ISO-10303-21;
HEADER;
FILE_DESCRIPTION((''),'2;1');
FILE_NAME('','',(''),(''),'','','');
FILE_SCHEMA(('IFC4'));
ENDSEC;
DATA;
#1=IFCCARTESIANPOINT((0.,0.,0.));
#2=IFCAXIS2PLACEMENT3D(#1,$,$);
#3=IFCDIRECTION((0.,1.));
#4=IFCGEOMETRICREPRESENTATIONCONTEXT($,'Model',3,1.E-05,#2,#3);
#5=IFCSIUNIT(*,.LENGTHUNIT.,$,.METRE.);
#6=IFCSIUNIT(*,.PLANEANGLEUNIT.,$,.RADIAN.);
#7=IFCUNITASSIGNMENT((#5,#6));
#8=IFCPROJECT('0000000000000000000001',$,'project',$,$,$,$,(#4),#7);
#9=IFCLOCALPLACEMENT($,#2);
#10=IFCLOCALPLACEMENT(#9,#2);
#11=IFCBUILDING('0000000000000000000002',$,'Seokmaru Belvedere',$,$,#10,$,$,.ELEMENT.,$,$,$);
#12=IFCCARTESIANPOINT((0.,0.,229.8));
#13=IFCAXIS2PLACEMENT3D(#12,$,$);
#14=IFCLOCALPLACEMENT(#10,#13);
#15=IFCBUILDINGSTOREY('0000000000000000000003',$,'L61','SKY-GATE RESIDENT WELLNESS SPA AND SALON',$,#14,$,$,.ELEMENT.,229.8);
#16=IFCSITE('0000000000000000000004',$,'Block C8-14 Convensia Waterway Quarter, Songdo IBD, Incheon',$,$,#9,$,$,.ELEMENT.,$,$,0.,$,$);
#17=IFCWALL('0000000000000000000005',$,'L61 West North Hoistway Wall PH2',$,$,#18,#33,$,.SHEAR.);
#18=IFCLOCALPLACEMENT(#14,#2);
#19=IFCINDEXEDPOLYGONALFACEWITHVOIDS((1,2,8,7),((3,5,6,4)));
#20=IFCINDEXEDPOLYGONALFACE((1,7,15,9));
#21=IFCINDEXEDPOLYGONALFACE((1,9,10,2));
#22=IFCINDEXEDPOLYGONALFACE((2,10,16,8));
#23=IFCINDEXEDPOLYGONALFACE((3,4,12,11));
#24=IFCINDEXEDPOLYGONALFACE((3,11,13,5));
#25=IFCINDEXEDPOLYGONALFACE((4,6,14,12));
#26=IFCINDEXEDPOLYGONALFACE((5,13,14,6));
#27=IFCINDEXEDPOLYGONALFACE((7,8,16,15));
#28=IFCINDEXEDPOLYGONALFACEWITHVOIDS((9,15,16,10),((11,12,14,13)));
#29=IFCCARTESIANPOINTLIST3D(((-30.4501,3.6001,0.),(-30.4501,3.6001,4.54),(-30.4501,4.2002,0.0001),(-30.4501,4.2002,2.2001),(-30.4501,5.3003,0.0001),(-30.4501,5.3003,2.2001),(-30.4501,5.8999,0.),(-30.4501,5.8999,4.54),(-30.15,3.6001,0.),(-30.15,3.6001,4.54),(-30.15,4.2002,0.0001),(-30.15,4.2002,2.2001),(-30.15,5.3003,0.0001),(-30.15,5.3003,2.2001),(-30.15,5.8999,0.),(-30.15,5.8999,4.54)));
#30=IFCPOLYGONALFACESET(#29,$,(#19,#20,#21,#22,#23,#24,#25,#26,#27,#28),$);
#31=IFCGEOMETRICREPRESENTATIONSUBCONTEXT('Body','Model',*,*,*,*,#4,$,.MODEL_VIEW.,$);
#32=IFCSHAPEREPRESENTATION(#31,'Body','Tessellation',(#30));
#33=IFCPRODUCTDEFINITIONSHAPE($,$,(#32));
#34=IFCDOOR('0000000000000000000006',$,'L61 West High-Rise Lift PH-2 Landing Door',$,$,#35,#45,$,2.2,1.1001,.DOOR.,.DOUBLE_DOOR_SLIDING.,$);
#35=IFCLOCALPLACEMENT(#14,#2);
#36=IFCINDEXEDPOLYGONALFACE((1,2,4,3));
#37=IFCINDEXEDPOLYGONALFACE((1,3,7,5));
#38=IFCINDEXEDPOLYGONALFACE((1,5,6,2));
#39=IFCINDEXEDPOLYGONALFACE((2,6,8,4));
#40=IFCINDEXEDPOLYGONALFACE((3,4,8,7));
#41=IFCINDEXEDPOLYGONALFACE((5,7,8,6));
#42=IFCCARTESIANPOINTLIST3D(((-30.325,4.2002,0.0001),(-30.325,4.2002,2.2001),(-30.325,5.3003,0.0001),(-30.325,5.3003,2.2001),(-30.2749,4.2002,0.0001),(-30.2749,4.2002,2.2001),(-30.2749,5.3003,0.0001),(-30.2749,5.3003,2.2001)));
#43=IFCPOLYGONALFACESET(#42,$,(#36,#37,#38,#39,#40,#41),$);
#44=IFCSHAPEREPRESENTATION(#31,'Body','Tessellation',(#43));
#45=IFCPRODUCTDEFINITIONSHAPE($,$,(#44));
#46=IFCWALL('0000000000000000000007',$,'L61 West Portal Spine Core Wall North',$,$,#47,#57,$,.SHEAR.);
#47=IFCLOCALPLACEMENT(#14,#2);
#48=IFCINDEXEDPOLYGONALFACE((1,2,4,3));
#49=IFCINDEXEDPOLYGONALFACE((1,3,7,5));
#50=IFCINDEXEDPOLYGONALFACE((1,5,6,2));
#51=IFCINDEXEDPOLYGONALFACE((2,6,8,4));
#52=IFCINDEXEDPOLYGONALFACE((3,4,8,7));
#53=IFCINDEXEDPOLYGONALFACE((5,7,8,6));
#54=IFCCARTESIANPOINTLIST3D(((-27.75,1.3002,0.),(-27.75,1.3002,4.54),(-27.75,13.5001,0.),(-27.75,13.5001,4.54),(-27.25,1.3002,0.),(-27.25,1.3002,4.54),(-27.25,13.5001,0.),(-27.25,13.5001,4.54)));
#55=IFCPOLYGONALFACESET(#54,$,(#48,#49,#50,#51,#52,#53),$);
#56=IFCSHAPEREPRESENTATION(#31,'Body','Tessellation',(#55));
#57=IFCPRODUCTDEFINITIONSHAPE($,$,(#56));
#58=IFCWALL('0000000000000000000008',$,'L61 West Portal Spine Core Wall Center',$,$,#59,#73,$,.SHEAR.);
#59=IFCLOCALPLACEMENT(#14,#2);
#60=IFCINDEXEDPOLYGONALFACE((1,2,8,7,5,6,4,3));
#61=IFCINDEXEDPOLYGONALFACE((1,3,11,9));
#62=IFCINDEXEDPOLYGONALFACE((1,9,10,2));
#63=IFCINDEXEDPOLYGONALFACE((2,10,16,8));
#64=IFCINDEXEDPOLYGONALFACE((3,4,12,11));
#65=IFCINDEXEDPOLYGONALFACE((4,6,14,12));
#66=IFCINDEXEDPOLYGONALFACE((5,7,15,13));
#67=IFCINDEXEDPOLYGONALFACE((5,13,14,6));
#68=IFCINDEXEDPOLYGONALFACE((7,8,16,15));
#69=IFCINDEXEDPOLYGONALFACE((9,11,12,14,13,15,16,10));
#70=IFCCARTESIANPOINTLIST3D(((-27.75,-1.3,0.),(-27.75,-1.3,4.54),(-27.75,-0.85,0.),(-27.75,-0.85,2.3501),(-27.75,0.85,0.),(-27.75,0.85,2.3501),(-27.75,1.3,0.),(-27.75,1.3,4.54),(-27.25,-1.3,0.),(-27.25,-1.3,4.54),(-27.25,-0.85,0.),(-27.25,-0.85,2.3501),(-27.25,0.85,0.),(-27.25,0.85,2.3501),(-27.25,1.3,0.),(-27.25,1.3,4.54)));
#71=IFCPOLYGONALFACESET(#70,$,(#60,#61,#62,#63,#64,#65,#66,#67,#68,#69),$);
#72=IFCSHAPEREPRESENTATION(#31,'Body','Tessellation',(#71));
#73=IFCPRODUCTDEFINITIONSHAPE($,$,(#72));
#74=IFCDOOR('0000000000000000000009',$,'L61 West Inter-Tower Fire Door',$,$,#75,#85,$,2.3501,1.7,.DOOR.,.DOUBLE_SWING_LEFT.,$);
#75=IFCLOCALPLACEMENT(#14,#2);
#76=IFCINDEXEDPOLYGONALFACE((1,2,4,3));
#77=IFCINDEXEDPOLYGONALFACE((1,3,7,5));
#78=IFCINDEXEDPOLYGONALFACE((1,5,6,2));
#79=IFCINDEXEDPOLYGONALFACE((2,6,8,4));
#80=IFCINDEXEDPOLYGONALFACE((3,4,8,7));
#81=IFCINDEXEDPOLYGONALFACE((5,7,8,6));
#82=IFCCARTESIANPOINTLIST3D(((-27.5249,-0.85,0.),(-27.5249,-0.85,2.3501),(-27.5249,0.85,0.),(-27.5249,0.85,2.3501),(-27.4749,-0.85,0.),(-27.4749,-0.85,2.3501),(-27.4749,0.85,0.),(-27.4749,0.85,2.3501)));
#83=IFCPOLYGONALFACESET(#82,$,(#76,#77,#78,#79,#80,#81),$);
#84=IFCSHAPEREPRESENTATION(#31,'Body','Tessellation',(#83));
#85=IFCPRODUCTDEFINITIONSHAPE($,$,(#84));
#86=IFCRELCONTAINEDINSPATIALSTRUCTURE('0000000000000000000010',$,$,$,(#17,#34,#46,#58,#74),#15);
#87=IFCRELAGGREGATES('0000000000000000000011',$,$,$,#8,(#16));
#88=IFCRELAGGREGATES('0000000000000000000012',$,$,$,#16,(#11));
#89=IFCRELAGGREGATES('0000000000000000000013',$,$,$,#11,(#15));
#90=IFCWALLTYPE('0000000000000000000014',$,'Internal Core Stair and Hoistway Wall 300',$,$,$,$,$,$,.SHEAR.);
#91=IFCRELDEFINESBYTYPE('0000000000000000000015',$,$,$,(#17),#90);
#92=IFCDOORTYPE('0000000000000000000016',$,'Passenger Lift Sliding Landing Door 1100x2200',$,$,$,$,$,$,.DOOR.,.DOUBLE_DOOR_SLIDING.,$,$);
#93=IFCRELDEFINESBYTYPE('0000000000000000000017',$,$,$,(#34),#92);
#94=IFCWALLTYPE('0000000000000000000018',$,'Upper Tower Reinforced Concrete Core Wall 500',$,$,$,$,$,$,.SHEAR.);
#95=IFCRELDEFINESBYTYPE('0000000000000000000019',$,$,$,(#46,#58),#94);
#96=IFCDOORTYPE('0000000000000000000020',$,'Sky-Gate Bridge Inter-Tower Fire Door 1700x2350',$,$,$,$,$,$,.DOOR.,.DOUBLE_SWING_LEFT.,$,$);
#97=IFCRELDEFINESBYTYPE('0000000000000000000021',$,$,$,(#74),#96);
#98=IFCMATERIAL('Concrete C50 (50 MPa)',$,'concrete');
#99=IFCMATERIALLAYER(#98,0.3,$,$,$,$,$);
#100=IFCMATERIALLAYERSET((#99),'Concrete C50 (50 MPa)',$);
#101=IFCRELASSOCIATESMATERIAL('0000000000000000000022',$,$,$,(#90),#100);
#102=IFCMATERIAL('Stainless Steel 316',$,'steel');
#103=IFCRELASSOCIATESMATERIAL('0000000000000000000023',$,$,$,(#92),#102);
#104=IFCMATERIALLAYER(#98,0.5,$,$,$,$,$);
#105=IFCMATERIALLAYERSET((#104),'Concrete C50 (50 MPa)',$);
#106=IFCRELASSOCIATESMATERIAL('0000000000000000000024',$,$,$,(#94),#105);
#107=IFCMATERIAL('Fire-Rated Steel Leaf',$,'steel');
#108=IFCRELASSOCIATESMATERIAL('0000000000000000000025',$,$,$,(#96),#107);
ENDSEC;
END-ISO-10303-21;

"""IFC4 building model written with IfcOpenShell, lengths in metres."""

from ifc_helpers import new_model, si_unit, direction, frame, frame_2d, origin, place, context, subcontext, project, spatial, rectangle, extrude, source, transform, mapped, material, layer, layer_set, type_object, type_shapes, element, fill, save


model = new_model("IFC4")

# Units and contexts
model_context = context("Model", 3, precision=1e-05, world=origin(), true_north=direction((0.0, 1.0)))
body_context = subcontext(model_context, "Body", "Model", "MODEL_VIEW")
ifc_project = project(units=[si_unit("LENGTHUNIT", "METRE"), si_unit("PLANEANGLEUNIT", "RADIAN")], contexts=[model_context])

# Site, building, storey
site_placement = place(None, origin())
site = spatial("IfcSite", under=ifc_project, at=site_placement, Name="Block C8-14 Convensia Waterway Quarter, Songdo IBD, Incheon", CompositionType="ELEMENT", RefElevation=0.0)
building_placement = place(site_placement, origin())
building = spatial("IfcBuilding", under=site, at=building_placement, Name="Seokmaru Belvedere", CompositionType="ELEMENT")
storey_placement = place(building_placement, frame((0.0, 0.0, 229.8)))
storey = spatial("IfcBuildingStorey", under=building, at=storey_placement, Name="L61", Description="SKY-GATE RESIDENT WELLNESS SPA AND SALON", CompositionType="ELEMENT", Elevation=229.8)

# Shared definitions
ifc_material_1 = material(Name="Concrete C50 (50 MPa)", Category="concrete")

# Shared definitions
ifc_material_2 = material(Name="Fire-Rated Steel Leaf", Category="steel")

# Wall, opening, door
ifc_layer_1 = layer(ifc_material_1, 0.3)
ifc_layer_set_1 = layer_set([ifc_layer_1], Name="Concrete C50 (50 MPa)")
wall_type_1 = type_object("IfcWallType", Name="Internal Core Stair and Hoistway Wall 300", PredefinedType="SHEAR", material=ifc_layer_set_1)
ifc_material_3 = material(Name="Stainless Steel 316", Category="steel")
door_type_1 = type_object("IfcDoorType", Name="Passenger Lift Sliding Landing Door 1100x2200", OperationType="DOUBLE_DOOR_SLIDING", PredefinedType="DOOR", material=ifc_material_3)
shared_shape_1 = source(origin(), body_context, "Body", "SweptSolid", [
    extrude(rectangle(XDim=1.1001, YDim=2.2, at=frame_2d((0.55, 1.1001))), frame((0.0, 0.0249, 0.0), z_axis=(0.0, -1.0, 0.0), x_axis=(1.0, 0.0, 0.0)), (0.0, 0.0, 1.0), 0.05),
])
type_shapes(door_type_1, [shared_shape_1])
wall_1_placement = place(storey_placement, frame((-30.3, 3.6001, 0.0), z_axis=(0.0, 0.0, 1.0), x_axis=(0.0, 1.0, 0.0)))
wall_1 = element("IfcWall", 1, at=wall_1_placement, inside=storey, type_object=wall_type_1, Name="L61 West North Hoistway Wall PH2", PredefinedType="SHEAR", context=body_context, shape_type="SweptSolid", body=[
    extrude(rectangle(XDim=2.2998, YDim=0.3, at=frame_2d((1.1499, 0.0))), origin(), (0.0, 0.0, 1.0), 4.54),
])
opening_1_placement = place(wall_1_placement, frame((0.6001, 0.0, 0.0)))
opening_1 = element("IfcOpeningElement", 2, at=opening_1_placement, cuts=wall_1, PredefinedType="OPENING", context=body_context, shape_type="SweptSolid", body=[
    extrude(rectangle(XDim=1.1001, YDim=2.2, at=frame_2d((0.55, 1.1001))), frame((0.0, 0.1602, 0.0), z_axis=(0.0, -1.0, 0.0), x_axis=(1.0, 0.0, 0.0)), (0.0, 0.0, 1.0), 0.3201),
])
door_1_placement = place(opening_1_placement, origin())
door_1 = element("IfcDoor", 3, at=door_1_placement, inside=storey, type_object=door_type_1, Name="L61 West High-Rise Lift PH-2 Landing Door", OperationType="DOUBLE_DOOR_SLIDING", OverallHeight=2.2, OverallWidth=1.1001, PredefinedType="DOOR", context=body_context, shape_type="MappedRepresentation", body=[
    mapped(shared_shape_1, transform((0.0, 0.0, 0.0), scale=1.0)),
])
fill(opening_1, door_1)

# Wall
ifc_layer_2 = layer(ifc_material_1, 0.5)
ifc_layer_set_2 = layer_set([ifc_layer_2], Name="Concrete C50 (50 MPa)")
wall_type_2 = type_object("IfcWallType", Name="Upper Tower Reinforced Concrete Core Wall 500", PredefinedType="SHEAR", material=ifc_layer_set_2)
wall_2_placement = place(storey_placement, frame((-27.5, 1.3, 0.0), z_axis=(0.0, 0.0, 1.0), x_axis=(0.0, 1.0, 0.0)))
element("IfcWall", 4, at=wall_2_placement, inside=storey, type_object=wall_type_2, Name="L61 West Portal Spine Core Wall North", PredefinedType="SHEAR", context=body_context, shape_type="SweptSolid", body=[
    extrude(rectangle(XDim=12.2, YDim=0.5, at=frame_2d((6.1001, 0.0))), origin(), (0.0, 0.0, 1.0), 4.54),
])

# Wall, opening, door
wall_3_placement = place(storey_placement, frame((-27.5, -1.3, 0.0), z_axis=(0.0, 0.0, 1.0), x_axis=(0.0, 1.0, 0.0)))
wall_3 = element("IfcWall", 5, at=wall_3_placement, inside=storey, type_object=wall_type_2, Name="L61 West Portal Spine Core Wall Center", PredefinedType="SHEAR", context=body_context, shape_type="SweptSolid", body=[
    extrude(rectangle(XDim=2.6001, YDim=0.5, at=frame_2d((1.3, 0.0))), origin(), (0.0, 0.0, 1.0), 4.54),
])
opening_2_placement = place(wall_3_placement, frame((0.45, 0.0, 0.0)))
opening_2 = element("IfcOpeningElement", 6, at=opening_2_placement, cuts=wall_3, PredefinedType="OPENING", context=body_context, shape_type="SweptSolid", body=[
    extrude(rectangle(XDim=1.7, YDim=2.3501, at=frame_2d((0.8501, 1.175))), frame((0.0, 0.26, 0.0), z_axis=(0.0, -1.0, 0.0), x_axis=(1.0, 0.0, 0.0)), (0.0, 0.0, 1.0), 0.52),
])
door_type_2 = type_object("IfcDoorType", Name="Sky-Gate Bridge Inter-Tower Fire Door 1700x2350", OperationType="DOUBLE_SWING_LEFT", PredefinedType="DOOR", material=ifc_material_2)
shared_shape_2 = source(origin(), body_context, "Body", "SweptSolid", [
    extrude(rectangle(XDim=1.7, YDim=2.3501, at=frame_2d((0.8501, 1.175))), frame((0.0, 0.0249, 0.0), z_axis=(0.0, -1.0, 0.0), x_axis=(1.0, 0.0, 0.0)), (0.0, 0.0, 1.0), 0.05),
])
type_shapes(door_type_2, [shared_shape_2])
door_2_placement = place(opening_2_placement, origin())
door_2 = element("IfcDoor", 7, at=door_2_placement, inside=storey, type_object=door_type_2, Name="L61 West Inter-Tower Fire Door", OperationType="DOUBLE_SWING_LEFT", OverallHeight=2.3501, OverallWidth=1.7, PredefinedType="DOOR", context=body_context, shape_type="MappedRepresentation", body=[
    mapped(shared_shape_2, transform((0.0, 0.0, 0.0), scale=1.0)),
])
fill(opening_2, door_2)

save(model, "model.ifc")
